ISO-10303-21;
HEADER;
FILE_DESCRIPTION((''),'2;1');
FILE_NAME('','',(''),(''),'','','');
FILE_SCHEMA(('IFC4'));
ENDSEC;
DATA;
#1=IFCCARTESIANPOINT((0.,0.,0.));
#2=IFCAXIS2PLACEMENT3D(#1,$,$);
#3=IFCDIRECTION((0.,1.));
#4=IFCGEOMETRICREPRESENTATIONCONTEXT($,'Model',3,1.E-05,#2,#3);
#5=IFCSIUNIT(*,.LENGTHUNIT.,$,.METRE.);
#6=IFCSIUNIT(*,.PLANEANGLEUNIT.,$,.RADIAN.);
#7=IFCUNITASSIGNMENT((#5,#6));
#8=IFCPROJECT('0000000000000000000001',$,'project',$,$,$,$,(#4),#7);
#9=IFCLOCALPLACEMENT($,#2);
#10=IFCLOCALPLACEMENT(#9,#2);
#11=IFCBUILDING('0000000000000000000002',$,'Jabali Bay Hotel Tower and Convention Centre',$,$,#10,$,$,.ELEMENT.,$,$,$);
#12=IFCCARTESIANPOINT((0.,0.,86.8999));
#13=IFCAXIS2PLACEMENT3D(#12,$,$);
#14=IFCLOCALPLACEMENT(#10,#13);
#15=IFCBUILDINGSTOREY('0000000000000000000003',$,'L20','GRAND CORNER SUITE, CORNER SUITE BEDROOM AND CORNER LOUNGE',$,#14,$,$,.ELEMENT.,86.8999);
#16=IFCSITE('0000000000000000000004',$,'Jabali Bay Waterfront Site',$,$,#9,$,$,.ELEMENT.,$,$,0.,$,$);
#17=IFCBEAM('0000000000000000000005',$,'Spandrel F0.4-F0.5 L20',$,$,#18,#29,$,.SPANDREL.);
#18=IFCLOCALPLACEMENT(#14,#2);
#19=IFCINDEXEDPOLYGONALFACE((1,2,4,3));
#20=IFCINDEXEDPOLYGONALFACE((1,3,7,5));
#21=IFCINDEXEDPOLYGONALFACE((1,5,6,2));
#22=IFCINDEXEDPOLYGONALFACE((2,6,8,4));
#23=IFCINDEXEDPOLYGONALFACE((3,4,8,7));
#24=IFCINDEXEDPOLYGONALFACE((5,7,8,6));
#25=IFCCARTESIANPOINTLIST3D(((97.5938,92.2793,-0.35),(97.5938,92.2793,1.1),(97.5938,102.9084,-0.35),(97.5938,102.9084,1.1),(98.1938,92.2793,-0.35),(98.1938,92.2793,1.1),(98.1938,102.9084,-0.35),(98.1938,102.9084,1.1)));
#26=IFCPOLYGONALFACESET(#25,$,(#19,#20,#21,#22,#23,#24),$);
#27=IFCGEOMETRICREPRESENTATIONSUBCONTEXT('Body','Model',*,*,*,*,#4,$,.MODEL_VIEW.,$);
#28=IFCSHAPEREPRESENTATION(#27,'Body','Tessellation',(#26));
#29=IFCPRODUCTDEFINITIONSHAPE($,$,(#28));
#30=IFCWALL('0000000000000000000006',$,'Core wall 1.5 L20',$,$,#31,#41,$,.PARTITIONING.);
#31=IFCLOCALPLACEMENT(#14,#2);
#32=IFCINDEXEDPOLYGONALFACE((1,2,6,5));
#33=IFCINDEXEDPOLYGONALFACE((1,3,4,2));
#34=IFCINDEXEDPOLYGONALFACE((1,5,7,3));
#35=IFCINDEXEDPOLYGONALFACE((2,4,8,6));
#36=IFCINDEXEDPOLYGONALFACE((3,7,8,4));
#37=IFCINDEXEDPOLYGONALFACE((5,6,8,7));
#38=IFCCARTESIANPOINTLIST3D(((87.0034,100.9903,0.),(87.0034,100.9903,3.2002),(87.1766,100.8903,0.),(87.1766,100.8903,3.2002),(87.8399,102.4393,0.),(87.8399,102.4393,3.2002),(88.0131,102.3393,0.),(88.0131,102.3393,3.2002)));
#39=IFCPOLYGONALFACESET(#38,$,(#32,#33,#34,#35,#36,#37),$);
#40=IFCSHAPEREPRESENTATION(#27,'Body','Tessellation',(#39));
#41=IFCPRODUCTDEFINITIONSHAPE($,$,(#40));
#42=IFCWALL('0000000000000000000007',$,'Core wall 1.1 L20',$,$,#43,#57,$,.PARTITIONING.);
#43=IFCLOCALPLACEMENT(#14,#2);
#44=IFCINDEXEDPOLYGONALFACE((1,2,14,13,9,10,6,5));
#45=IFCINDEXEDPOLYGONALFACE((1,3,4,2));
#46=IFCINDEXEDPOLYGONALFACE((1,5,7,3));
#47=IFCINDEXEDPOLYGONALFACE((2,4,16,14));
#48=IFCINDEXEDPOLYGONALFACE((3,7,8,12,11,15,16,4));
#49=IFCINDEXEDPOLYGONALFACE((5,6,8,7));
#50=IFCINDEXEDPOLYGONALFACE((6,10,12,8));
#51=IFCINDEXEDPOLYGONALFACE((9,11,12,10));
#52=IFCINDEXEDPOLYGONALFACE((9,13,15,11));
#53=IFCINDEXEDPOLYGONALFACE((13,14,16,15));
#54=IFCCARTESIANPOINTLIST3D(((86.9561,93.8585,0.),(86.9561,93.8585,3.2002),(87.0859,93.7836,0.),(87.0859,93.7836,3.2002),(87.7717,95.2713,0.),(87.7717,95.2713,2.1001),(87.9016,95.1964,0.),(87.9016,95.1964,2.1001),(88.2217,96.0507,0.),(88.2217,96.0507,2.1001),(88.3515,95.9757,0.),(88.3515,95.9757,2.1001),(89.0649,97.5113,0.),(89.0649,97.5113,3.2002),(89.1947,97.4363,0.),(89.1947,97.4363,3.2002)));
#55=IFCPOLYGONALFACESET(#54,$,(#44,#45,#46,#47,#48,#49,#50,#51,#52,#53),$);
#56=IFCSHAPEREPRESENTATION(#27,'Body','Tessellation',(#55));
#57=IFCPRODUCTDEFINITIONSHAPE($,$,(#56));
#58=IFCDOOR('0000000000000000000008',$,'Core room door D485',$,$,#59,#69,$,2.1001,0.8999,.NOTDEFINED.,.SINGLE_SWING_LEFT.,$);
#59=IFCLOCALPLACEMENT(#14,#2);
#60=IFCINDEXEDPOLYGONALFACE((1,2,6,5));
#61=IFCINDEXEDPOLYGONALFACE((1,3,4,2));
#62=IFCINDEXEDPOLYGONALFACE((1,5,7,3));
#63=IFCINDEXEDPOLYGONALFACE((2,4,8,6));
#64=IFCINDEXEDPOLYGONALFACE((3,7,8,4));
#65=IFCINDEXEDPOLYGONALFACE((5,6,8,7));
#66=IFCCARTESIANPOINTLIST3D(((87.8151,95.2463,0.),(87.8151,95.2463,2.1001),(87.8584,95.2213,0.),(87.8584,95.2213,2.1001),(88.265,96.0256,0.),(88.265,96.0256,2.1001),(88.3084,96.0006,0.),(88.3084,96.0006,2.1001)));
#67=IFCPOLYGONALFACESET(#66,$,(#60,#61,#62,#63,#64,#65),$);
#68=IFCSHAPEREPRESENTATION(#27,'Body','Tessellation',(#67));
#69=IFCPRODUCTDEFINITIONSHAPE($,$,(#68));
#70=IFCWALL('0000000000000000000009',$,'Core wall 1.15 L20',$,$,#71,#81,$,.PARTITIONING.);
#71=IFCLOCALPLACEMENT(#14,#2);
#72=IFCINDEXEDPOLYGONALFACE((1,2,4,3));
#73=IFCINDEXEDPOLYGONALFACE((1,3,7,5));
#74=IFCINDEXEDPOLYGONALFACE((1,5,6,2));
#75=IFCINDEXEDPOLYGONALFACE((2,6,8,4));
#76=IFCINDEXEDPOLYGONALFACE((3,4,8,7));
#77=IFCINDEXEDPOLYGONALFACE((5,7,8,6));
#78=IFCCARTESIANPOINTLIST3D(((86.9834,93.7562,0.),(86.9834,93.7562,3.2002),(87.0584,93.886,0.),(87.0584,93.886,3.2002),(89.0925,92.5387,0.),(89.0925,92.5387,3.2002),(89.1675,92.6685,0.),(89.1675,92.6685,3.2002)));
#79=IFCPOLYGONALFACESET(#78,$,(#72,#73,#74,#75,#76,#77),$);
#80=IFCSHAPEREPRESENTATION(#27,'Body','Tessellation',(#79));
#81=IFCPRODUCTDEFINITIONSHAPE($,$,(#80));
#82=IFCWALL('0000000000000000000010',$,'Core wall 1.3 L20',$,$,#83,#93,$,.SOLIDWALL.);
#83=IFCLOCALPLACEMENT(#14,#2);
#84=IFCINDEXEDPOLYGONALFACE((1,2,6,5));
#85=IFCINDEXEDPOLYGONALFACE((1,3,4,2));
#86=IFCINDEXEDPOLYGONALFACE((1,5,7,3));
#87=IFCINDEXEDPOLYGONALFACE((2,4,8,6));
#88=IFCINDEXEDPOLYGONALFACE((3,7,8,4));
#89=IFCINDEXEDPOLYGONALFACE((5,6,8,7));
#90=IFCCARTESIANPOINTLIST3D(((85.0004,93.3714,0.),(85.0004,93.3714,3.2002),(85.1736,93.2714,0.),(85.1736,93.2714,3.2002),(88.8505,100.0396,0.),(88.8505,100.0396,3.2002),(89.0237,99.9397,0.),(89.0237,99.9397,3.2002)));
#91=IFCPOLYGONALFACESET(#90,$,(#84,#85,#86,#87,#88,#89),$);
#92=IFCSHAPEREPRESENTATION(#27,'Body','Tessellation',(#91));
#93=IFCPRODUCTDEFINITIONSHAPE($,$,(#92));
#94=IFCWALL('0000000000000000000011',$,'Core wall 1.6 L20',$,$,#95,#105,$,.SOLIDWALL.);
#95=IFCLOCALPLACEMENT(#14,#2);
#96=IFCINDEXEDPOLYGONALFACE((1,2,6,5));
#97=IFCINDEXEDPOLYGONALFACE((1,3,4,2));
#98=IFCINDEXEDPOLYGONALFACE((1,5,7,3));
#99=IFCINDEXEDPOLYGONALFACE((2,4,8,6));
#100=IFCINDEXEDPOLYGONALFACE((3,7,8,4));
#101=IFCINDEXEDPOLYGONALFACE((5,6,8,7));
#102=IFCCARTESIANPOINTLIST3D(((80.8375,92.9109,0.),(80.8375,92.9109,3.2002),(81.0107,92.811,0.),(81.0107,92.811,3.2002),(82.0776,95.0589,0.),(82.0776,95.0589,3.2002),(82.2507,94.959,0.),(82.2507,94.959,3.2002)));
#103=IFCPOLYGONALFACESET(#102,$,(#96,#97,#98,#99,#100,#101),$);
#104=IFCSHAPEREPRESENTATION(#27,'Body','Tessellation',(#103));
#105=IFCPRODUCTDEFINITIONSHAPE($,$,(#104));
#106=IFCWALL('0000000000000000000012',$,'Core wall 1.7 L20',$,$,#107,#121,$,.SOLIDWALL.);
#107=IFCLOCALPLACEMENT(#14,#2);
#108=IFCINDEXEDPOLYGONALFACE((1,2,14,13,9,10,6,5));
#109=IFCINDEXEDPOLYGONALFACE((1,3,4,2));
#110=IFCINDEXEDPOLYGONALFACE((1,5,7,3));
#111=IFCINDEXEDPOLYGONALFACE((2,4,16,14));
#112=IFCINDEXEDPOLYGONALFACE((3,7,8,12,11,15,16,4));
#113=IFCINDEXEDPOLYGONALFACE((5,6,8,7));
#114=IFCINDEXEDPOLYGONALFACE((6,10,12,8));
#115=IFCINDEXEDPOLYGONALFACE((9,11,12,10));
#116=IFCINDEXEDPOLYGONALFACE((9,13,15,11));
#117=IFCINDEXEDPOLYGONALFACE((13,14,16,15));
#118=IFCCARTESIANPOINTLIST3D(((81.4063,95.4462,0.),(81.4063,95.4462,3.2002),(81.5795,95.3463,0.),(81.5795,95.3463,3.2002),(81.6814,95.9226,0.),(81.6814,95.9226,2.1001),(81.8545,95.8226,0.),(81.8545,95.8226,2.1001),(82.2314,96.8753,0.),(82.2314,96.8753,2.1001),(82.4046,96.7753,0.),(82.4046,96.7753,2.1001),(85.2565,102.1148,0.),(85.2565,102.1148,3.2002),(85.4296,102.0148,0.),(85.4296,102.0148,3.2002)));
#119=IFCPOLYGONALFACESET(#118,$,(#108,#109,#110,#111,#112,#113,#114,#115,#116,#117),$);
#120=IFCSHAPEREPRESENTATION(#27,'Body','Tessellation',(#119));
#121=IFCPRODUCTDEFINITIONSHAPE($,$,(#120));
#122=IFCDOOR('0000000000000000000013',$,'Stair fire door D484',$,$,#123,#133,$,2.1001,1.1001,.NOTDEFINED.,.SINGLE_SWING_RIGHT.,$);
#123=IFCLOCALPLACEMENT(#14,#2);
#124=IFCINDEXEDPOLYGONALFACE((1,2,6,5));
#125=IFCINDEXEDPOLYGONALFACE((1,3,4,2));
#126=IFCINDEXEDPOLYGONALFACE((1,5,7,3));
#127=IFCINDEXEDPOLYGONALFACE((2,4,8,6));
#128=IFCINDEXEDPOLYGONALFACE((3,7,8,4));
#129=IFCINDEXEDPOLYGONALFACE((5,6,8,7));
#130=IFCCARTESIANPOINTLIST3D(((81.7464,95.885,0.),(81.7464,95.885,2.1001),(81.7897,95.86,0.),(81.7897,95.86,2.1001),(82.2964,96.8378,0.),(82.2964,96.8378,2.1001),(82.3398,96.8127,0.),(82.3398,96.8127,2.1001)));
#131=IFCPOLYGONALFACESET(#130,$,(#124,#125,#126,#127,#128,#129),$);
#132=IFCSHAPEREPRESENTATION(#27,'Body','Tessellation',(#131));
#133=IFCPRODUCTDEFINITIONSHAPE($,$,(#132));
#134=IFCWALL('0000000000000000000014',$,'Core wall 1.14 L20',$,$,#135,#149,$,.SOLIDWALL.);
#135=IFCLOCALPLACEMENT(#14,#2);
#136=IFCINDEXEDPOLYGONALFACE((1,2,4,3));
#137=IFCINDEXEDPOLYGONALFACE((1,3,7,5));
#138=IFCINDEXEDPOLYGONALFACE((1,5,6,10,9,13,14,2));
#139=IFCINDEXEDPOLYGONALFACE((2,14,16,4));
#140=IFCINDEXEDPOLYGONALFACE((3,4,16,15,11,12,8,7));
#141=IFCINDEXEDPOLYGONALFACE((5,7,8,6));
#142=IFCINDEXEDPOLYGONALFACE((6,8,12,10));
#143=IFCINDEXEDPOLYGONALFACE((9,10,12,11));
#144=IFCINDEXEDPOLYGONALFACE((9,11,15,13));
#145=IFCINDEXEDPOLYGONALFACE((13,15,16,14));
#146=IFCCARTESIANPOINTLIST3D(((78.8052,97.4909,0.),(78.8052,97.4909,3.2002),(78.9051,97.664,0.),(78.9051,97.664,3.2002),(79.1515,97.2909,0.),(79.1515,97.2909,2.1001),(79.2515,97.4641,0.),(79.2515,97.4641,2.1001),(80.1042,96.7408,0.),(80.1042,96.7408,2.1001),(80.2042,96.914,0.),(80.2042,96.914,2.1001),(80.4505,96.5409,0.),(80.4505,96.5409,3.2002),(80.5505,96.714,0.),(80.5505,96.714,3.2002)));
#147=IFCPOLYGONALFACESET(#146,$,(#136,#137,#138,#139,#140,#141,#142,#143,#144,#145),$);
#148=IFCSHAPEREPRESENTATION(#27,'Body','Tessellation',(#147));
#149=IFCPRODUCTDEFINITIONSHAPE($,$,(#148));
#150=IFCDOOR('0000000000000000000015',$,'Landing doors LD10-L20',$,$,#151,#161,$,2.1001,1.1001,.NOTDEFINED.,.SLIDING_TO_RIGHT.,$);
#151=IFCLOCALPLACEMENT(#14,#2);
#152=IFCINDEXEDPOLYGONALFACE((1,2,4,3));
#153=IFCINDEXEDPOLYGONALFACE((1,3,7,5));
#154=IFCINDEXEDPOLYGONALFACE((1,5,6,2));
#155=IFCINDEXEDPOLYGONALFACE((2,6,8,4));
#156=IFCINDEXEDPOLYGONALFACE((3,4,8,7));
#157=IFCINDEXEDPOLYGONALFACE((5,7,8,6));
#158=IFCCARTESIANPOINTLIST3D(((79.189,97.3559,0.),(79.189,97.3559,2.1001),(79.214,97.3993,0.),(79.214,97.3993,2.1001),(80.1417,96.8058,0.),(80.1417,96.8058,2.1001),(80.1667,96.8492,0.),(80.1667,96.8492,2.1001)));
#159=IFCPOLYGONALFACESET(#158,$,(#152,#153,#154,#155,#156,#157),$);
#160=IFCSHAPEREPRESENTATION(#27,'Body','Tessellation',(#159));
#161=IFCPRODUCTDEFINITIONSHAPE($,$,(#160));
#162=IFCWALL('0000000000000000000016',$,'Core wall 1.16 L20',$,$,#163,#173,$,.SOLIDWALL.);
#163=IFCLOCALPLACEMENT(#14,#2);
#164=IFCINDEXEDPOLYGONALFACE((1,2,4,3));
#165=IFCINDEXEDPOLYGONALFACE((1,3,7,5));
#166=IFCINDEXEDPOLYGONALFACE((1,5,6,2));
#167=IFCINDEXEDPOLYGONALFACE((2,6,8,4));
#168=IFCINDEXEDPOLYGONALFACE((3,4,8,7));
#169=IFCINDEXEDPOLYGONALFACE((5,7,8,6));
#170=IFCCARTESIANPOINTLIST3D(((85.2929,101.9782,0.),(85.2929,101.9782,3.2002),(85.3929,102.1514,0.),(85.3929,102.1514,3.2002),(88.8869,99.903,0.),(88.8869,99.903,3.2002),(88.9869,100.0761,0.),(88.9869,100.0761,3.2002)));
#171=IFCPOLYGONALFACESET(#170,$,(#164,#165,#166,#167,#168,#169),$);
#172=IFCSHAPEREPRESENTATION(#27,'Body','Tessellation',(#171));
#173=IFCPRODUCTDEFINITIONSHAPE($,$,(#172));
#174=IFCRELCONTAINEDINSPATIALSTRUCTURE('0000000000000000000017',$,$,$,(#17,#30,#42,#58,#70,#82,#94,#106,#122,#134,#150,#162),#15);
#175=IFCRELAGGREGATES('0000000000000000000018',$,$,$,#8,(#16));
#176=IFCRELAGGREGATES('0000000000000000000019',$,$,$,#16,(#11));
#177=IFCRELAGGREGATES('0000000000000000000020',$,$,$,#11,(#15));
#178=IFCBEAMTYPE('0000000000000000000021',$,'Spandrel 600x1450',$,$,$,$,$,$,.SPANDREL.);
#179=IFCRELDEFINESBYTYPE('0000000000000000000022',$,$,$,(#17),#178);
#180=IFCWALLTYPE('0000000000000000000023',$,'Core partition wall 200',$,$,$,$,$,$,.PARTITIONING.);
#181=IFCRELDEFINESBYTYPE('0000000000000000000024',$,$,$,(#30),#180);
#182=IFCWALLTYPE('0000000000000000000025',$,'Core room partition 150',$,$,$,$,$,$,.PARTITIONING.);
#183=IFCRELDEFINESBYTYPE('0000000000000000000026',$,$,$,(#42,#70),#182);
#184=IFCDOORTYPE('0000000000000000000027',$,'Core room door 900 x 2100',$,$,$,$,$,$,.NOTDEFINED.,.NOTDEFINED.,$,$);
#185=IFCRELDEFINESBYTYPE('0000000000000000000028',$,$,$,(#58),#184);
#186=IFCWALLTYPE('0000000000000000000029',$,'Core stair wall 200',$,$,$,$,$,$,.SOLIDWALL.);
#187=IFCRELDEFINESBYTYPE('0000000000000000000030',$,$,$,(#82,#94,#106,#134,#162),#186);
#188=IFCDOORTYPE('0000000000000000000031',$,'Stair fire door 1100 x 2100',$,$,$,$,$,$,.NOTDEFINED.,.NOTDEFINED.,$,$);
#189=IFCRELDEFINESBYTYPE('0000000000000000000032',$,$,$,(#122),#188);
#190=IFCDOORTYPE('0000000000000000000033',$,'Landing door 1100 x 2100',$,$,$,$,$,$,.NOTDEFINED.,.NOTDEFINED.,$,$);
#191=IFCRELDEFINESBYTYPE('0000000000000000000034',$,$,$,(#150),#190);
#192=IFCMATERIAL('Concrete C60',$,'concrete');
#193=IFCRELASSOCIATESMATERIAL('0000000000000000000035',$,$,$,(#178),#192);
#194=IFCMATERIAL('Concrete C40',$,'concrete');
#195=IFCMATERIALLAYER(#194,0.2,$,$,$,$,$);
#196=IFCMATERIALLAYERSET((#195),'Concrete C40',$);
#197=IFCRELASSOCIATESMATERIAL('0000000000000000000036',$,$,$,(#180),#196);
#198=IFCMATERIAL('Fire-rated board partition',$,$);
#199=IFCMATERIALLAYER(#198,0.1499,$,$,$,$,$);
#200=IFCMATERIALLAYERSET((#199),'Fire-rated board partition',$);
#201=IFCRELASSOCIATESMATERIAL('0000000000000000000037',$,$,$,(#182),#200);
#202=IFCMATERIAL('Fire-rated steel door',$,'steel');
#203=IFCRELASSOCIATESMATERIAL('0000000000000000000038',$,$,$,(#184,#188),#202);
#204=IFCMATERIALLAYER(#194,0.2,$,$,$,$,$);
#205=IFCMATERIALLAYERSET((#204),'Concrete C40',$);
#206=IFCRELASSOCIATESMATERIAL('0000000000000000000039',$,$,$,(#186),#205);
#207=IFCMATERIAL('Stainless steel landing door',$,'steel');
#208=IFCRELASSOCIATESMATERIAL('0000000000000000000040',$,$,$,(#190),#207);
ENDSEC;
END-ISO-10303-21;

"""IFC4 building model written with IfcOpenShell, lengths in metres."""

from ifc_helpers import new_model, si_unit, direction, frame, frame_2d, origin, origin_2d, place, context, subcontext, project, spatial, rectangle, extrude, material, layer, layer_set, material_profile, profile_set, type_object, element, fill, save


model = new_model("IFC4")

# Units and contexts
model_context = context("Model", 3, precision=1e-05, world=origin(), true_north=direction((0.0, 1.0)))
body_context = subcontext(model_context, "Body", "Model", "MODEL_VIEW")
ifc_project = project(units=[si_unit("LENGTHUNIT", "METRE"), si_unit("PLANEANGLEUNIT", "RADIAN")], contexts=[model_context])

# Site, building, storey
site_placement = place(None, origin())
site = spatial("IfcSite", under=ifc_project, at=site_placement, Name="Jabali Bay Waterfront Site", CompositionType="ELEMENT", RefElevation=0.0)
building_placement = place(site_placement, origin())
building = spatial("IfcBuilding", under=site, at=building_placement, Name="Jabali Bay Hotel Tower and Convention Centre", CompositionType="ELEMENT")
storey_placement = place(building_placement, frame((0.0, 0.0, 86.8999)))
storey = spatial("IfcBuildingStorey", under=building, at=storey_placement, Name="L20", Description="GRAND CORNER SUITE, CORNER SUITE BEDROOM AND CORNER LOUNGE", CompositionType="ELEMENT", Elevation=86.8999)

# Beam
ifc_material_1 = material(Name="Concrete C60", Category="concrete")
ifc_material_profile = material_profile(ifc_material_1, rectangle(XDim=0.6001, YDim=1.45, at=origin_2d()), Name="Spandrel 600x1450")
ifc_profile_set = profile_set([ifc_material_profile], Name="Concrete C60")
beam_type = type_object("IfcBeamType", Name="Spandrel 600x1450", PredefinedType="SPANDREL", material=ifc_profile_set)
beam_placement = place(storey_placement, frame((97.8938, 92.2793, 0.375), z_axis=(0.0, 1.0, 0.0), x_axis=(-1.0, 0.0, 0.0)))
element("IfcBeam", 1, at=beam_placement, inside=storey, type_object=beam_type, Name="Spandrel F0.4-F0.5 L20", PredefinedType="SPANDREL", context=body_context, shape_type="SweptSolid", body=[
    extrude(rectangle(XDim=0.6001, YDim=1.45, at=origin_2d()), origin(), (0.0, 0.0, 1.0), 10.6292),
])

# Wall
ifc_material_2 = material(Name="Concrete C40", Category="concrete")
ifc_layer_1 = layer(ifc_material_2, 0.2)
ifc_layer_set_1 = layer_set([ifc_layer_1], Name="Concrete C40")
wall_type_1 = type_object("IfcWallType", Name="Core partition wall 200", PredefinedType="PARTITIONING", material=ifc_layer_set_1)
wall_1_placement = place(storey_placement, frame((87.0901, 100.9404, 0.0), z_axis=(0.0, 0.0, 1.0), x_axis=(0.499937, 0.866062, 0.0)))
element("IfcWall", 2, at=wall_1_placement, inside=storey, type_object=wall_type_1, Name="Core wall 1.5 L20", PredefinedType="PARTITIONING", context=body_context, shape_type="SweptSolid", body=[
    extrude(rectangle(XDim=1.6731, YDim=0.2, at=frame_2d((0.8364, 0.0))), origin(), (0.0, 0.0, 1.0), 3.2002),
])

# Wall, opening, door
ifc_material_3 = material(Name="Fire-rated board partition")
ifc_layer_2 = layer(ifc_material_3, 0.1499)
ifc_layer_set_2 = layer_set([ifc_layer_2], Name="Fire-rated board partition")
wall_type_2 = type_object("IfcWallType", Name="Core room partition 150", PredefinedType="PARTITIONING", material=ifc_layer_set_2)
wall_2_placement = place(storey_placement, frame((87.021, 93.821, 0.0), z_axis=(0.0, 0.0, 1.0), x_axis=(0.499986, 0.866033, 0.0)))
wall_2 = element("IfcWall", 3, at=wall_2_placement, inside=storey, type_object=wall_type_2, Name="Core wall 1.1 L20", PredefinedType="PARTITIONING", context=body_context, shape_type="SweptSolid", body=[
    extrude(rectangle(XDim=4.2178, YDim=0.1499, at=frame_2d((2.1089, 0.0))), origin(), (0.0, 0.0, 1.0), 3.2002),
])
opening_1_placement = place(wall_2_placement, frame((1.6313, 0.0, 0.0)))
opening_1 = element("IfcOpeningElement", 4, at=opening_1_placement, cuts=wall_2, PredefinedType="OPENING", context=body_context, shape_type="SweptSolid", body=[
    extrude(rectangle(XDim=0.8999, YDim=2.1001, at=frame_2d((0.45, 1.05))), frame((0.0, 0.0854, 0.0), z_axis=(0.0, -1.0, 0.0), x_axis=(1.0, 0.0, 0.0)), (0.0, 0.0, 1.0), 0.1709),
])
ifc_material_4 = material(Name="Fire-rated steel door", Category="steel")
door_type_1 = type_object("IfcDoorType", Name="Core room door 900 x 2100", OperationType="NOTDEFINED", PredefinedType="NOTDEFINED", material=ifc_material_4)
door_1_placement = place(opening_1_placement, origin())
door_1 = element("IfcDoor", 5, at=door_1_placement, inside=storey, type_object=door_type_1, Name="Core room door D485", OperationType="SINGLE_SWING_LEFT", OverallHeight=2.1001, OverallWidth=0.8999, PredefinedType="NOTDEFINED", context=body_context, shape_type="SweptSolid", body=[
    extrude(rectangle(XDim=0.8999, YDim=2.1001, at=frame_2d((0.45, 1.05))), frame((0.0, 0.0249, 0.0), z_axis=(0.0, -1.0, 0.0), x_axis=(1.0, 0.0, 0.0)), (0.0, 0.0, 1.0), 0.05),
])
fill(opening_1, door_1)

# Walls
wall_3_placement = place(storey_placement, frame((89.1301, 92.6035, 0.0), z_axis=(0.0, 0.0, 1.0), x_axis=(-0.866057, 0.499945, 0.0)))
element("IfcWall", 6, at=wall_3_placement, inside=storey, type_object=wall_type_2, Name="Core wall 1.15 L20", PredefinedType="PARTITIONING", context=body_context, shape_type="SweptSolid", body=[
    extrude(rectangle(XDim=2.4353, YDim=0.1499, at=frame_2d((1.2178, 0.0))), origin(), (0.0, 0.0, 1.0), 3.2002),
])
ifc_layer_3 = layer(ifc_material_2, 0.2)
ifc_layer_set_3 = layer_set([ifc_layer_3], Name="Concrete C40")
wall_type_3 = type_object("IfcWallType", Name="Core stair wall 200", PredefinedType="SOLIDWALL", material=ifc_layer_set_3)
wall_4_placement = place(storey_placement, frame((85.0869, 93.3213, 0.0), z_axis=(0.0, 0.0, 1.0), x_axis=(0.50002, 0.866014, 0.0)))
element("IfcWall", 7, at=wall_4_placement, inside=storey, type_object=wall_type_3, Name="Core wall 1.3 L20", PredefinedType="SOLIDWALL", context=body_context, shape_type="SweptSolid", body=[
    extrude(rectangle(XDim=7.7, YDim=0.2, at=frame_2d((3.8501, 0.0))), origin(), (0.0, 0.0, 1.0), 3.2002),
])
wall_5_placement = place(storey_placement, frame((80.9241, 92.8608, 0.0), z_axis=(0.0, 0.0, 1.0), x_axis=(0.499961, 0.866048, 0.0)))
element("IfcWall", 8, at=wall_5_placement, inside=storey, type_object=wall_type_3, Name="Core wall 1.6 L20", PredefinedType="SOLIDWALL", context=body_context, shape_type="SweptSolid", body=[
    extrude(rectangle(XDim=2.4802, YDim=0.2, at=frame_2d((1.2402, 0.0))), origin(), (0.0, 0.0, 1.0), 3.2002),
])

# Walls, openings, doors
wall_6_placement = place(storey_placement, frame((81.4929, 95.3962, 0.0), z_axis=(0.0, 0.0, 1.0), x_axis=(0.500006, 0.866022, 0.0)))
wall_6 = element("IfcWall", 9, at=wall_6_placement, inside=storey, type_object=wall_type_3, Name="Core wall 1.7 L20", PredefinedType="SOLIDWALL", context=body_context, shape_type="SweptSolid", body=[
    extrude(rectangle(XDim=7.7002, YDim=0.2, at=frame_2d((3.8501, 0.0))), origin(), (0.0, 0.0, 1.0), 3.2002),
])
opening_2_placement = place(wall_6_placement, frame((0.55, 0.0, 0.0)))
opening_2 = element("IfcOpeningElement", 10, at=opening_2_placement, cuts=wall_6, PredefinedType="OPENING", context=body_context, shape_type="SweptSolid", body=[
    extrude(rectangle(XDim=1.1001, YDim=2.1001, at=frame_2d((0.55, 1.05))), frame((0.0, 0.1104, 0.0), z_axis=(0.0, -1.0, 0.0), x_axis=(1.0, 0.0, 0.0)), (0.0, 0.0, 1.0), 0.2209),
])
door_type_2 = type_object("IfcDoorType", Name="Stair fire door 1100 x 2100", OperationType="NOTDEFINED", PredefinedType="NOTDEFINED", material=ifc_material_4)
door_2_placement = place(opening_2_placement, origin())
door_2 = element("IfcDoor", 11, at=door_2_placement, inside=storey, type_object=door_type_2, Name="Stair fire door D484", OperationType="SINGLE_SWING_RIGHT", OverallHeight=2.1001, OverallWidth=1.1001, PredefinedType="NOTDEFINED", context=body_context, shape_type="SweptSolid", body=[
    extrude(rectangle(XDim=1.1001, YDim=2.1001, at=frame_2d((0.55, 1.05))), frame((0.0, 0.0249, 0.0), z_axis=(0.0, -1.0, 0.0), x_axis=(1.0, 0.0, 0.0)), (0.0, 0.0, 1.0), 0.05),
])
fill(opening_2, door_2)
wall_7_placement = place(storey_placement, frame((80.5005, 96.6274, 0.0), z_axis=(0.0, 0.0, 1.0), x_axis=(-0.866012, 0.500023, 0.0)))
wall_7 = element("IfcWall", 12, at=wall_7_placement, inside=storey, type_object=wall_type_3, Name="Core wall 1.14 L20", PredefinedType="SOLIDWALL", context=body_context, shape_type="SweptSolid", body=[
    extrude(rectangle(XDim=1.8999, YDim=0.2, at=frame_2d((0.95, 0.0))), origin(), (0.0, 0.0, 1.0), 3.2002),
])
opening_3_placement = place(wall_7_placement, frame((0.3999, 0.0, 0.0)))
opening_3 = element("IfcOpeningElement", 13, at=opening_3_placement, cuts=wall_7, PredefinedType="OPENING", context=body_context, shape_type="SweptSolid", body=[
    extrude(rectangle(XDim=1.1001, YDim=2.1001, at=frame_2d((0.55, 1.05))), frame((0.0, 0.1104, 0.0), z_axis=(0.0, -1.0, 0.0), x_axis=(1.0, 0.0, 0.0)), (0.0, 0.0, 1.0), 0.2209),
])
ifc_material_5 = material(Name="Stainless steel landing door", Category="steel")
door_type_3 = type_object("IfcDoorType", Name="Landing door 1100 x 2100", OperationType="NOTDEFINED", PredefinedType="NOTDEFINED", material=ifc_material_5)
door_3_placement = place(opening_3_placement, origin())
door_3 = element("IfcDoor", 14, at=door_3_placement, inside=storey, type_object=door_type_3, Name="Landing doors LD10-L20", OperationType="SLIDING_TO_RIGHT", OverallHeight=2.1001, OverallWidth=1.1001, PredefinedType="NOTDEFINED", context=body_context, shape_type="SweptSolid", body=[
    extrude(rectangle(XDim=1.1001, YDim=2.1001, at=frame_2d((0.55, 1.05))), frame((0.0, 0.0249, 0.0), z_axis=(0.0, -1.0, 0.0), x_axis=(1.0, 0.0, 0.0)), (0.0, 0.0, 1.0), 0.05),
])
fill(opening_3, door_3)

# Wall
wall_8_placement = place(storey_placement, frame((88.937, 99.9895, 0.0), z_axis=(0.0, 0.0, 1.0), x_axis=(-0.866004, 0.500036, 0.0)))
element("IfcWall", 15, at=wall_8_placement, inside=storey, type_object=wall_type_3, Name="Core wall 1.16 L20", PredefinedType="SOLIDWALL", context=body_context, shape_type="SweptSolid", body=[
    extrude(rectangle(XDim=4.1501, YDim=0.2, at=frame_2d((2.0752, 0.0))), origin(), (0.0, 0.0, 1.0), 3.2002),
])

save(model, "model.ifc")
